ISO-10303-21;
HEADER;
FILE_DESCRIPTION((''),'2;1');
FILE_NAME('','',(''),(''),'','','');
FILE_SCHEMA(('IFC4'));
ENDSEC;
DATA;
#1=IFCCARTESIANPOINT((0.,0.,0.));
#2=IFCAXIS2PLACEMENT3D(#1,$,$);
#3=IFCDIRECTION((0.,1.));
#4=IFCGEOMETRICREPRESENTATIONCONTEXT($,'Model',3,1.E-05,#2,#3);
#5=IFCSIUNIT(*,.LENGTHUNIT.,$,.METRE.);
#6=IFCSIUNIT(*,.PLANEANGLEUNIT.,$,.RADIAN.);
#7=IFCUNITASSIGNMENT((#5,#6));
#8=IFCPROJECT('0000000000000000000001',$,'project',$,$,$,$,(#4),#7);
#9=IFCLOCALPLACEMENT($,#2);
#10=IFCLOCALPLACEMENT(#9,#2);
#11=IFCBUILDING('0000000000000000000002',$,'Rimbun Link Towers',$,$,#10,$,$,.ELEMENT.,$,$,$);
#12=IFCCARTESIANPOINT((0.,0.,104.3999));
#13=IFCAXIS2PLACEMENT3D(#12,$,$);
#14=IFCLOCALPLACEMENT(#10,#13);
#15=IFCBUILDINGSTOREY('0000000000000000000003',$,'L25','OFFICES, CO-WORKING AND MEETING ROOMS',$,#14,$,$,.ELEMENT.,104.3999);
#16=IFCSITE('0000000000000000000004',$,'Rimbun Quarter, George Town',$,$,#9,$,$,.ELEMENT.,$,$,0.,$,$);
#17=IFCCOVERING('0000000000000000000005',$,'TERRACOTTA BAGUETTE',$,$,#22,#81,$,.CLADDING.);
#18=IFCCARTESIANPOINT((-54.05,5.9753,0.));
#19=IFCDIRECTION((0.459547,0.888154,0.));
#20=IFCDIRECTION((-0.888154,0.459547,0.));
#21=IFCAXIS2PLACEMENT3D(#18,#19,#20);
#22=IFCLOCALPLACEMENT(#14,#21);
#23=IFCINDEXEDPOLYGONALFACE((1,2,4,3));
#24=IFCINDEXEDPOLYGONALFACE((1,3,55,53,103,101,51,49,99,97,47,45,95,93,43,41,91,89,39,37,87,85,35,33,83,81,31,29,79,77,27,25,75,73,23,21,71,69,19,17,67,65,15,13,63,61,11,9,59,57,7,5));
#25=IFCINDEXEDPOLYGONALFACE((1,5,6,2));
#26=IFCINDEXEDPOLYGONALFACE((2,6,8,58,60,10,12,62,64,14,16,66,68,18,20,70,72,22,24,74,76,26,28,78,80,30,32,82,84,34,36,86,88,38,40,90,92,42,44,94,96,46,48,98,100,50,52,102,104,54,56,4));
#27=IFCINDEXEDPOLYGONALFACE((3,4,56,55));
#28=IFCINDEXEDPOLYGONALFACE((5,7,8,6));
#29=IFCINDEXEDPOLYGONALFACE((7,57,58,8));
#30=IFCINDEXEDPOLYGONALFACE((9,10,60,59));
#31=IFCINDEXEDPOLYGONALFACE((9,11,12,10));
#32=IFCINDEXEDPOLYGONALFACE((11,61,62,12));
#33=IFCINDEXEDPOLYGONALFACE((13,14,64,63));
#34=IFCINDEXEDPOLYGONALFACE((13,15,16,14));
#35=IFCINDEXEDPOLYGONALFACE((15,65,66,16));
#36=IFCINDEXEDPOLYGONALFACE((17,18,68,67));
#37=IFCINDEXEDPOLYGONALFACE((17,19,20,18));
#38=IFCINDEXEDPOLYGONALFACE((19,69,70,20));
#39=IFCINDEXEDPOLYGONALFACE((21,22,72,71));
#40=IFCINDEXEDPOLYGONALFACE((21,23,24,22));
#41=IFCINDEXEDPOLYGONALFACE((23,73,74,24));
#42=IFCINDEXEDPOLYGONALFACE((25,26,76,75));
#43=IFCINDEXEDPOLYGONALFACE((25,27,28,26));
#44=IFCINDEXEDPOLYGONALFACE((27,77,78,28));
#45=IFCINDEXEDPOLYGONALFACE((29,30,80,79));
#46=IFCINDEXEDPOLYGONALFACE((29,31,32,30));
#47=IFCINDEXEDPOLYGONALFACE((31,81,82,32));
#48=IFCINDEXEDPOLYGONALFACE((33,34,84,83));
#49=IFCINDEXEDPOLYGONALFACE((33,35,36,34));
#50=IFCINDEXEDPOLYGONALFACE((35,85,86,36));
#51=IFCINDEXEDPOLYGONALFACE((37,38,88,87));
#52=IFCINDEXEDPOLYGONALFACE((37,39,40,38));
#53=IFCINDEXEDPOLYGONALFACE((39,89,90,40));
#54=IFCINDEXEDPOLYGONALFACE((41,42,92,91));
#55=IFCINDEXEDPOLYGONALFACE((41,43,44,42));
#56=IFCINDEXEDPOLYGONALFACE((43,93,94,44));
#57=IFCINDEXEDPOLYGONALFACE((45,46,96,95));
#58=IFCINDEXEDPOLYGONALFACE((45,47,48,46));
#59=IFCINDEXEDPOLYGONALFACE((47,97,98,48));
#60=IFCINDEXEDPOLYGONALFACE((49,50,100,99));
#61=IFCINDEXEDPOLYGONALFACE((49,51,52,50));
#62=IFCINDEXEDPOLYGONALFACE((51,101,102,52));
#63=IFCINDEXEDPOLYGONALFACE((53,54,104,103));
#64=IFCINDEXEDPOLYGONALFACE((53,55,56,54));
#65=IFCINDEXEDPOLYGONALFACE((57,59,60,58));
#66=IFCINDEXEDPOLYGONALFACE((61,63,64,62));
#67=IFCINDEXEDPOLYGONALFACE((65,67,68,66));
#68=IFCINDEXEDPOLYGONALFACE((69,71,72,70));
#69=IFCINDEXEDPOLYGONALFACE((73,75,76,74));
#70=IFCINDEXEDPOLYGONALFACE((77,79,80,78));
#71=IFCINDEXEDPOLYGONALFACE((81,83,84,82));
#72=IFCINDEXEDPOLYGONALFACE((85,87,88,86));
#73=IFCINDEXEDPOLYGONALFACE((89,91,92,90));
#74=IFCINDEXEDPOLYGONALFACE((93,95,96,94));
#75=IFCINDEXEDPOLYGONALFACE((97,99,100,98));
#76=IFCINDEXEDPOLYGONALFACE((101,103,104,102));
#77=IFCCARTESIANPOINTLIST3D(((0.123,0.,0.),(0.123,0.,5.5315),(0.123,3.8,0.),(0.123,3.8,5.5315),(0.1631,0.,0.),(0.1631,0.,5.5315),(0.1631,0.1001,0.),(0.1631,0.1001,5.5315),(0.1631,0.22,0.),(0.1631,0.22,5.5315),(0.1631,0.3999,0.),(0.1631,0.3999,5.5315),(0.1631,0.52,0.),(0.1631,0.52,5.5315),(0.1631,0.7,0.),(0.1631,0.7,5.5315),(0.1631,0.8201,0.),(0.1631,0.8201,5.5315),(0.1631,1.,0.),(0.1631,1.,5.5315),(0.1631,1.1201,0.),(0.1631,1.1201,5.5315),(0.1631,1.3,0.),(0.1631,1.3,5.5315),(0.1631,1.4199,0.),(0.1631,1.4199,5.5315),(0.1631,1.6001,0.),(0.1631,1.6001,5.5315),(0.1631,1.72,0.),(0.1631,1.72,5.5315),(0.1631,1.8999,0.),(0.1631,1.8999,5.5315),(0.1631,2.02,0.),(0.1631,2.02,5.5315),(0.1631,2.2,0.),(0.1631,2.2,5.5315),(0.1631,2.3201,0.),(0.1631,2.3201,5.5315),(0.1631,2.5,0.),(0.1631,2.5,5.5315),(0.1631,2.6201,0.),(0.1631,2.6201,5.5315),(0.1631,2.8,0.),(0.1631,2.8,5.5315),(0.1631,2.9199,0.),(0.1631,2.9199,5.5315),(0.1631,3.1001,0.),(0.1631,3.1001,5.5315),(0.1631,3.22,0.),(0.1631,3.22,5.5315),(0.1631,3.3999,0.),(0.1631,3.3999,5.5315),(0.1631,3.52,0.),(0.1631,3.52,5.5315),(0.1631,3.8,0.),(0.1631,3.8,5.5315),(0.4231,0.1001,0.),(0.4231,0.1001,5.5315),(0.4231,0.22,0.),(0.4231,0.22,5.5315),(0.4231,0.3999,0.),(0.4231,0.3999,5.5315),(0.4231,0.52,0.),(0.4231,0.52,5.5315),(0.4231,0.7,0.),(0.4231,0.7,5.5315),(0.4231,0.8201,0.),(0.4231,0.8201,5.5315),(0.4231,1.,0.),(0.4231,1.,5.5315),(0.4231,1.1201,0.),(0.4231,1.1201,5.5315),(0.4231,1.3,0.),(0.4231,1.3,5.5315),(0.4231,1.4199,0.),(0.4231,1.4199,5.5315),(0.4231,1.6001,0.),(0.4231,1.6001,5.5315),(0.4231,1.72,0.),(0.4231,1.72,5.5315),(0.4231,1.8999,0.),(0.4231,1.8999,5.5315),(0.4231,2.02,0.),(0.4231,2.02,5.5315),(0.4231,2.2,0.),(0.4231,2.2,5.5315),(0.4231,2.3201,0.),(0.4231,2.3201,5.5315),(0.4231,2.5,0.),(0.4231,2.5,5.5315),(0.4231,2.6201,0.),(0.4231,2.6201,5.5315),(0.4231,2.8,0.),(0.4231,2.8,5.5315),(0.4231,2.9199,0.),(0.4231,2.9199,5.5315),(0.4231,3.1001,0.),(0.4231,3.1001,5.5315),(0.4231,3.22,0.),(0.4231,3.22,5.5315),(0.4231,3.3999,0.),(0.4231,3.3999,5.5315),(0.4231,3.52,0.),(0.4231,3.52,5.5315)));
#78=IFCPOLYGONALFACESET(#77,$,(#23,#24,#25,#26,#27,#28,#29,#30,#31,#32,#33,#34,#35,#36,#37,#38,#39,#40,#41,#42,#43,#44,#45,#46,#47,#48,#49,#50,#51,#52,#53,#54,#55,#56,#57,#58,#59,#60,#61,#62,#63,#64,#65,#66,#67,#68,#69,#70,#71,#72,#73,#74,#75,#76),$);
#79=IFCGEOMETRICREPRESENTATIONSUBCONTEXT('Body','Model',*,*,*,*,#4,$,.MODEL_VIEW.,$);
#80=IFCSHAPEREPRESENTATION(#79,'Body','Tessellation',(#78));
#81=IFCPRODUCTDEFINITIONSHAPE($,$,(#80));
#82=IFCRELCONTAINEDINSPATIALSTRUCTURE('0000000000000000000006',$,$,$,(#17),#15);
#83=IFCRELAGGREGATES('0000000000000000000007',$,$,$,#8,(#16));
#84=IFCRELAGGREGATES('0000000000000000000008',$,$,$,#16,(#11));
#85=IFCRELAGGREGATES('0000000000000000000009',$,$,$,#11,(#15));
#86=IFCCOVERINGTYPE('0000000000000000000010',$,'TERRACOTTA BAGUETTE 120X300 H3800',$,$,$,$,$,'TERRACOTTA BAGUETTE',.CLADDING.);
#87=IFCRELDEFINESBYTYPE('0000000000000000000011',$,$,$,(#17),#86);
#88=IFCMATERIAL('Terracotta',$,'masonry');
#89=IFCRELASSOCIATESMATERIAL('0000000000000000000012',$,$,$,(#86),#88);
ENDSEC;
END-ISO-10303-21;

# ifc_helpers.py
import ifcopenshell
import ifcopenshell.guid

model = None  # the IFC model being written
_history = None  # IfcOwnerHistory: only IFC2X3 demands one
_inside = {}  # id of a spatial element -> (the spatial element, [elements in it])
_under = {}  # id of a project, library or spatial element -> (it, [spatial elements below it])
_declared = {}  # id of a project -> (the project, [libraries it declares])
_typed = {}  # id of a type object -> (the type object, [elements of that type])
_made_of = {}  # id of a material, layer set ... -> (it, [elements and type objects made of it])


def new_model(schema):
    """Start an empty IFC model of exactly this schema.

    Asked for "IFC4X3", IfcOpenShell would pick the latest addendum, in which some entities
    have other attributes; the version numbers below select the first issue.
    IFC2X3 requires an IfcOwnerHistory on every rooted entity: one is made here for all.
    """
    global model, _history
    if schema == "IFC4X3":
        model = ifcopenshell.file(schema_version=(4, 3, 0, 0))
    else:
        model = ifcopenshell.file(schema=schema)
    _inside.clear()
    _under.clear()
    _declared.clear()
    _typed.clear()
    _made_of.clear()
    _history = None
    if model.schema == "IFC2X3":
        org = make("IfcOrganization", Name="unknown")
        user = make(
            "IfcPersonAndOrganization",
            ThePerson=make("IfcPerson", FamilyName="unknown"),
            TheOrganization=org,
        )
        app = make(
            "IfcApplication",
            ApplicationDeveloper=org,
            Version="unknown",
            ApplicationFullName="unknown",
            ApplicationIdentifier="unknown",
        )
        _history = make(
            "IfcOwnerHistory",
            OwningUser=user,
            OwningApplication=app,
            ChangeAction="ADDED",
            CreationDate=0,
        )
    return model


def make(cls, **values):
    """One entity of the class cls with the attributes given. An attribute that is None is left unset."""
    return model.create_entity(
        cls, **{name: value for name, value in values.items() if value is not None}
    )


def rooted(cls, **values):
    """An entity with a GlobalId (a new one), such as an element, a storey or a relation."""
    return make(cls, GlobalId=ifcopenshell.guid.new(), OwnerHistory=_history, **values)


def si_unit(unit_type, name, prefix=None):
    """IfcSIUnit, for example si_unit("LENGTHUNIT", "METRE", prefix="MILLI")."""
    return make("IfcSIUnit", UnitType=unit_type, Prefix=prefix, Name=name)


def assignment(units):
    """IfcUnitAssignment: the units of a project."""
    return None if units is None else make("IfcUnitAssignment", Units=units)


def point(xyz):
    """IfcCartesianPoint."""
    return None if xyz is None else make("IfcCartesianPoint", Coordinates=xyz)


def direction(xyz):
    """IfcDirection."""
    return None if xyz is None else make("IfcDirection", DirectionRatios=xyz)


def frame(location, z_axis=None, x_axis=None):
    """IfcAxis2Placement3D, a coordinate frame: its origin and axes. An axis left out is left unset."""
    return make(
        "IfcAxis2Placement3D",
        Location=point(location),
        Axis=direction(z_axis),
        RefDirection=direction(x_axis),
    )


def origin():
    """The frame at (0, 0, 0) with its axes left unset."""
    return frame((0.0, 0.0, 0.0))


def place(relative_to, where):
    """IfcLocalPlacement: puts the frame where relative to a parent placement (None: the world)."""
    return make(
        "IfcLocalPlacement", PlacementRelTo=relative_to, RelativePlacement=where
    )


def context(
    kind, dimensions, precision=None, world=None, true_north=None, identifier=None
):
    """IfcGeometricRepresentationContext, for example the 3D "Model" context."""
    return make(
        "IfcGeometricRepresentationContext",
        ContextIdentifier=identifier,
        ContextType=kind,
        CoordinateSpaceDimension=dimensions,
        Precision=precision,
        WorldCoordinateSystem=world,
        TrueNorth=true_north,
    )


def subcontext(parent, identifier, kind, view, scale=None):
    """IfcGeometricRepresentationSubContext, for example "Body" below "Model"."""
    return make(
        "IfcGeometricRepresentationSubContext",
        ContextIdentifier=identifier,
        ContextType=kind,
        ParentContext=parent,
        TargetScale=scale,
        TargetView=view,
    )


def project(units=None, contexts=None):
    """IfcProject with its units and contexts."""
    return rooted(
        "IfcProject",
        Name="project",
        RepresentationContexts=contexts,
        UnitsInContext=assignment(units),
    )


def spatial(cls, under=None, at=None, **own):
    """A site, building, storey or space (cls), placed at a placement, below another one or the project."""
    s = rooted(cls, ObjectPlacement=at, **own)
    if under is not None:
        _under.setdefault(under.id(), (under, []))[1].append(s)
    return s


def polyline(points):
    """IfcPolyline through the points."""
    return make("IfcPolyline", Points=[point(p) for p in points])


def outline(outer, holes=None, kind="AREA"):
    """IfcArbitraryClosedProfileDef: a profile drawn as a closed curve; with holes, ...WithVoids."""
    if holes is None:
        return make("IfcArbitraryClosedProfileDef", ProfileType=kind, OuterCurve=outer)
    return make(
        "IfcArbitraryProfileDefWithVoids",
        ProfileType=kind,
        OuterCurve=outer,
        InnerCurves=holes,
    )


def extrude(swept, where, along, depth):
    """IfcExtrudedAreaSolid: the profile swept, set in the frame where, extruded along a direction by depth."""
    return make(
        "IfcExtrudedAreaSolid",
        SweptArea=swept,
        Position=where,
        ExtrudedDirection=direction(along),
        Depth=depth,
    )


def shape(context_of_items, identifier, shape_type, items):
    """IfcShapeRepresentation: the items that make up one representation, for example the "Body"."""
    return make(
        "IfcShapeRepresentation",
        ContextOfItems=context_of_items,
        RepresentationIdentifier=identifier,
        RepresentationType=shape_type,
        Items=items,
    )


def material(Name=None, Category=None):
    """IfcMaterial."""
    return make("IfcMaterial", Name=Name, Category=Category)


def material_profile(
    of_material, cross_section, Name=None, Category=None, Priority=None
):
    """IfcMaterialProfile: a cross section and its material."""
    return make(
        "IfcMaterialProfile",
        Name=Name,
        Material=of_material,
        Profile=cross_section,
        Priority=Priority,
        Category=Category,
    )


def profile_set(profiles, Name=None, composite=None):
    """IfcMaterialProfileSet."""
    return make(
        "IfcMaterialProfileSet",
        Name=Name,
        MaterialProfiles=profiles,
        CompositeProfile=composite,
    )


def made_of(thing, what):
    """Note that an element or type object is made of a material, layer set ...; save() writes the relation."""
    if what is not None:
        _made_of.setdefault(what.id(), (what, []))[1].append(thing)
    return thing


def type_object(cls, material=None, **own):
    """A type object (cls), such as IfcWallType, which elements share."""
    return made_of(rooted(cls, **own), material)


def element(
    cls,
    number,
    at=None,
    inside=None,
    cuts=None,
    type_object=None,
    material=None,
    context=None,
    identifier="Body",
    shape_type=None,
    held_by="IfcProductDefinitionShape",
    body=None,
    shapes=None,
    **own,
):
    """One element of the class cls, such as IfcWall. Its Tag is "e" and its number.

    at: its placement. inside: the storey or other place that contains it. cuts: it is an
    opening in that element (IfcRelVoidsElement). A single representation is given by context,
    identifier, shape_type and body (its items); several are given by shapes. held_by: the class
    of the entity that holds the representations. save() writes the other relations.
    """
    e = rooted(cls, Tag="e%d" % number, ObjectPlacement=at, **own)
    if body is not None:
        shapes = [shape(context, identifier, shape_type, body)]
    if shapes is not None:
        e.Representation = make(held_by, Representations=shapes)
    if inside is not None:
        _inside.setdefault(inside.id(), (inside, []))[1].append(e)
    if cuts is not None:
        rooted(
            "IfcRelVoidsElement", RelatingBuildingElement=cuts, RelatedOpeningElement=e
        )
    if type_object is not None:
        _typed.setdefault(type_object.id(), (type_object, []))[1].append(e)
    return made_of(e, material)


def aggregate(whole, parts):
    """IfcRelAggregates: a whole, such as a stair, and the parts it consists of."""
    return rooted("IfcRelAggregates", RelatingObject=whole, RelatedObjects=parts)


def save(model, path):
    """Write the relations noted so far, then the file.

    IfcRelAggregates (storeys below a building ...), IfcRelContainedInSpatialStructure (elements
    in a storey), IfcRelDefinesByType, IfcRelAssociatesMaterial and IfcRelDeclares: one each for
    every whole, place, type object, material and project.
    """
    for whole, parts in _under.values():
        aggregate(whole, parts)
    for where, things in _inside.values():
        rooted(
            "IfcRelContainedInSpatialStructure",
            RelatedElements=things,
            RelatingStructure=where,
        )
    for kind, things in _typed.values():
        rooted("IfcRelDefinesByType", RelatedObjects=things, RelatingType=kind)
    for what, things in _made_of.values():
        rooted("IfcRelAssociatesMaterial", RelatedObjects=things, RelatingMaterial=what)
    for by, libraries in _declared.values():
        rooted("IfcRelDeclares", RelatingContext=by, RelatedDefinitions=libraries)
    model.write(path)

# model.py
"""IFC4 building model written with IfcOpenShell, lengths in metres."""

from ifc_helpers import new_model, si_unit, direction, frame, origin, place, context, subcontext, project, spatial, polyline, outline, extrude, material, material_profile, profile_set, type_object, element, save


model = new_model("IFC4")

# Units and contexts
model_context = context("Model", 3, precision=1e-05, world=origin(), true_north=direction((0.0, 1.0)))
body_context = subcontext(model_context, "Body", "Model", "MODEL_VIEW")
ifc_project = project(units=[si_unit("LENGTHUNIT", "METRE"), si_unit("PLANEANGLEUNIT", "RADIAN")], contexts=[model_context])

# Site, building, storey
site_placement = place(None, origin())
site = spatial("IfcSite", under=ifc_project, at=site_placement, Name="Rimbun Quarter, George Town", CompositionType="ELEMENT", RefElevation=0.0)
building_placement = place(site_placement, origin())
building = spatial("IfcBuilding", under=site, at=building_placement, Name="Rimbun Link Towers", CompositionType="ELEMENT")
storey_placement = place(building_placement, frame((0.0, 0.0, 104.3999)))
storey = spatial("IfcBuildingStorey", under=building, at=storey_placement, Name="L25", Description="OFFICES, CO-WORKING AND MEETING ROOMS", CompositionType="ELEMENT", Elevation=104.3999)

# Covering
ifc_material_1 = material(Name="Terracotta", Category="masonry")
ifc_material_profile_1 = material_profile(ifc_material_1, outline(polyline([(0.123, 0.0), (0.1631, 0.0), (0.1631, 0.1001), (0.4231, 0.1001), (0.4231, 0.22), (0.1631, 0.22), (0.1631, 0.3999), (0.4231, 0.3999), (0.4231, 0.52), (0.1631, 0.52), (0.1631, 0.7), (0.4231, 0.7), (0.4231, 0.8201), (0.1631, 0.8201), (0.1631, 1.0), (0.4231, 1.0), (0.4231, 1.1201), (0.1631, 1.1201), (0.1631, 1.3), (0.4231, 1.3), (0.4231, 1.4199), (0.1631, 1.4199), (0.1631, 1.6001), (0.4231, 1.6001), (0.4231, 1.72), (0.1631, 1.72), (0.1631, 1.8999), (0.4231, 1.8999), (0.4231, 2.02), (0.1631, 2.02), (0.1631, 2.2), (0.4231, 2.2), (0.4231, 2.3201), (0.1631, 2.3201), (0.1631, 2.5), (0.4231, 2.5), (0.4231, 2.6201), (0.1631, 2.6201), (0.1631, 2.8), (0.4231, 2.8), (0.4231, 2.9199), (0.1631, 2.9199), (0.1631, 3.1001), (0.4231, 3.1001), (0.4231, 3.22), (0.1631, 3.22), (0.1631, 3.3999), (0.4231, 3.3999), (0.4231, 3.52), (0.1631, 3.52), (0.1631, 3.8), (0.123, 3.8), (0.123, 0.0)])), Name="BAGUETTE 120X300")
ifc_profile_set_1 = profile_set([ifc_material_profile_1], Name="Terracotta")
covering_type = type_object("IfcCoveringType", Name="TERRACOTTA BAGUETTE 120X300 H3800", ElementType="TERRACOTTA BAGUETTE", PredefinedType="CLADDING", material=ifc_profile_set_1)
covering_placement = place(storey_placement, frame((-54.05, 5.9753, 0.0), z_axis=(0.459547, 0.888154, 0.0), x_axis=(-0.888154, 0.459547, 0.0)))
element("IfcCovering", 1, at=covering_placement, inside=storey, type_object=covering_type, Name="TERRACOTTA BAGUETTE", PredefinedType="CLADDING", context=body_context, shape_type="SweptSolid", body=[
    extrude(outline(polyline([(0.123, 0.0), (0.1631, 0.0), (0.1631, 0.1001), (0.4231, 0.1001), (0.4231, 0.22), (0.1631, 0.22), (0.1631, 0.3999), (0.4231, 0.3999), (0.4231, 0.52), (0.1631, 0.52), (0.1631, 0.7), (0.4231, 0.7), (0.4231, 0.8201), (0.1631, 0.8201), (0.1631, 1.0), (0.4231, 1.0), (0.4231, 1.1201), (0.1631, 1.1201), (0.1631, 1.3), (0.4231, 1.3), (0.4231, 1.4199), (0.1631, 1.4199), (0.1631, 1.6001), (0.4231, 1.6001), (0.4231, 1.72), (0.1631, 1.72), (0.1631, 1.8999), (0.4231, 1.8999), (0.4231, 2.02), (0.1631, 2.02), (0.1631, 2.2), (0.4231, 2.2), (0.4231, 2.3201), (0.1631, 2.3201), (0.1631, 2.5), (0.4231, 2.5), (0.4231, 2.6201), (0.1631, 2.6201), (0.1631, 2.8), (0.4231, 2.8), (0.4231, 2.9199), (0.1631, 2.9199), (0.1631, 3.1001), (0.4231, 3.1001), (0.4231, 3.22), (0.1631, 3.22), (0.1631, 3.3999), (0.4231, 3.3999), (0.4231, 3.52), (0.1631, 3.52), (0.1631, 3.8), (0.123, 3.8), (0.123, 0.0)])), origin(), (0.0, 0.0, 1.0), 5.5315),
])

save(model, "model.ifc")
